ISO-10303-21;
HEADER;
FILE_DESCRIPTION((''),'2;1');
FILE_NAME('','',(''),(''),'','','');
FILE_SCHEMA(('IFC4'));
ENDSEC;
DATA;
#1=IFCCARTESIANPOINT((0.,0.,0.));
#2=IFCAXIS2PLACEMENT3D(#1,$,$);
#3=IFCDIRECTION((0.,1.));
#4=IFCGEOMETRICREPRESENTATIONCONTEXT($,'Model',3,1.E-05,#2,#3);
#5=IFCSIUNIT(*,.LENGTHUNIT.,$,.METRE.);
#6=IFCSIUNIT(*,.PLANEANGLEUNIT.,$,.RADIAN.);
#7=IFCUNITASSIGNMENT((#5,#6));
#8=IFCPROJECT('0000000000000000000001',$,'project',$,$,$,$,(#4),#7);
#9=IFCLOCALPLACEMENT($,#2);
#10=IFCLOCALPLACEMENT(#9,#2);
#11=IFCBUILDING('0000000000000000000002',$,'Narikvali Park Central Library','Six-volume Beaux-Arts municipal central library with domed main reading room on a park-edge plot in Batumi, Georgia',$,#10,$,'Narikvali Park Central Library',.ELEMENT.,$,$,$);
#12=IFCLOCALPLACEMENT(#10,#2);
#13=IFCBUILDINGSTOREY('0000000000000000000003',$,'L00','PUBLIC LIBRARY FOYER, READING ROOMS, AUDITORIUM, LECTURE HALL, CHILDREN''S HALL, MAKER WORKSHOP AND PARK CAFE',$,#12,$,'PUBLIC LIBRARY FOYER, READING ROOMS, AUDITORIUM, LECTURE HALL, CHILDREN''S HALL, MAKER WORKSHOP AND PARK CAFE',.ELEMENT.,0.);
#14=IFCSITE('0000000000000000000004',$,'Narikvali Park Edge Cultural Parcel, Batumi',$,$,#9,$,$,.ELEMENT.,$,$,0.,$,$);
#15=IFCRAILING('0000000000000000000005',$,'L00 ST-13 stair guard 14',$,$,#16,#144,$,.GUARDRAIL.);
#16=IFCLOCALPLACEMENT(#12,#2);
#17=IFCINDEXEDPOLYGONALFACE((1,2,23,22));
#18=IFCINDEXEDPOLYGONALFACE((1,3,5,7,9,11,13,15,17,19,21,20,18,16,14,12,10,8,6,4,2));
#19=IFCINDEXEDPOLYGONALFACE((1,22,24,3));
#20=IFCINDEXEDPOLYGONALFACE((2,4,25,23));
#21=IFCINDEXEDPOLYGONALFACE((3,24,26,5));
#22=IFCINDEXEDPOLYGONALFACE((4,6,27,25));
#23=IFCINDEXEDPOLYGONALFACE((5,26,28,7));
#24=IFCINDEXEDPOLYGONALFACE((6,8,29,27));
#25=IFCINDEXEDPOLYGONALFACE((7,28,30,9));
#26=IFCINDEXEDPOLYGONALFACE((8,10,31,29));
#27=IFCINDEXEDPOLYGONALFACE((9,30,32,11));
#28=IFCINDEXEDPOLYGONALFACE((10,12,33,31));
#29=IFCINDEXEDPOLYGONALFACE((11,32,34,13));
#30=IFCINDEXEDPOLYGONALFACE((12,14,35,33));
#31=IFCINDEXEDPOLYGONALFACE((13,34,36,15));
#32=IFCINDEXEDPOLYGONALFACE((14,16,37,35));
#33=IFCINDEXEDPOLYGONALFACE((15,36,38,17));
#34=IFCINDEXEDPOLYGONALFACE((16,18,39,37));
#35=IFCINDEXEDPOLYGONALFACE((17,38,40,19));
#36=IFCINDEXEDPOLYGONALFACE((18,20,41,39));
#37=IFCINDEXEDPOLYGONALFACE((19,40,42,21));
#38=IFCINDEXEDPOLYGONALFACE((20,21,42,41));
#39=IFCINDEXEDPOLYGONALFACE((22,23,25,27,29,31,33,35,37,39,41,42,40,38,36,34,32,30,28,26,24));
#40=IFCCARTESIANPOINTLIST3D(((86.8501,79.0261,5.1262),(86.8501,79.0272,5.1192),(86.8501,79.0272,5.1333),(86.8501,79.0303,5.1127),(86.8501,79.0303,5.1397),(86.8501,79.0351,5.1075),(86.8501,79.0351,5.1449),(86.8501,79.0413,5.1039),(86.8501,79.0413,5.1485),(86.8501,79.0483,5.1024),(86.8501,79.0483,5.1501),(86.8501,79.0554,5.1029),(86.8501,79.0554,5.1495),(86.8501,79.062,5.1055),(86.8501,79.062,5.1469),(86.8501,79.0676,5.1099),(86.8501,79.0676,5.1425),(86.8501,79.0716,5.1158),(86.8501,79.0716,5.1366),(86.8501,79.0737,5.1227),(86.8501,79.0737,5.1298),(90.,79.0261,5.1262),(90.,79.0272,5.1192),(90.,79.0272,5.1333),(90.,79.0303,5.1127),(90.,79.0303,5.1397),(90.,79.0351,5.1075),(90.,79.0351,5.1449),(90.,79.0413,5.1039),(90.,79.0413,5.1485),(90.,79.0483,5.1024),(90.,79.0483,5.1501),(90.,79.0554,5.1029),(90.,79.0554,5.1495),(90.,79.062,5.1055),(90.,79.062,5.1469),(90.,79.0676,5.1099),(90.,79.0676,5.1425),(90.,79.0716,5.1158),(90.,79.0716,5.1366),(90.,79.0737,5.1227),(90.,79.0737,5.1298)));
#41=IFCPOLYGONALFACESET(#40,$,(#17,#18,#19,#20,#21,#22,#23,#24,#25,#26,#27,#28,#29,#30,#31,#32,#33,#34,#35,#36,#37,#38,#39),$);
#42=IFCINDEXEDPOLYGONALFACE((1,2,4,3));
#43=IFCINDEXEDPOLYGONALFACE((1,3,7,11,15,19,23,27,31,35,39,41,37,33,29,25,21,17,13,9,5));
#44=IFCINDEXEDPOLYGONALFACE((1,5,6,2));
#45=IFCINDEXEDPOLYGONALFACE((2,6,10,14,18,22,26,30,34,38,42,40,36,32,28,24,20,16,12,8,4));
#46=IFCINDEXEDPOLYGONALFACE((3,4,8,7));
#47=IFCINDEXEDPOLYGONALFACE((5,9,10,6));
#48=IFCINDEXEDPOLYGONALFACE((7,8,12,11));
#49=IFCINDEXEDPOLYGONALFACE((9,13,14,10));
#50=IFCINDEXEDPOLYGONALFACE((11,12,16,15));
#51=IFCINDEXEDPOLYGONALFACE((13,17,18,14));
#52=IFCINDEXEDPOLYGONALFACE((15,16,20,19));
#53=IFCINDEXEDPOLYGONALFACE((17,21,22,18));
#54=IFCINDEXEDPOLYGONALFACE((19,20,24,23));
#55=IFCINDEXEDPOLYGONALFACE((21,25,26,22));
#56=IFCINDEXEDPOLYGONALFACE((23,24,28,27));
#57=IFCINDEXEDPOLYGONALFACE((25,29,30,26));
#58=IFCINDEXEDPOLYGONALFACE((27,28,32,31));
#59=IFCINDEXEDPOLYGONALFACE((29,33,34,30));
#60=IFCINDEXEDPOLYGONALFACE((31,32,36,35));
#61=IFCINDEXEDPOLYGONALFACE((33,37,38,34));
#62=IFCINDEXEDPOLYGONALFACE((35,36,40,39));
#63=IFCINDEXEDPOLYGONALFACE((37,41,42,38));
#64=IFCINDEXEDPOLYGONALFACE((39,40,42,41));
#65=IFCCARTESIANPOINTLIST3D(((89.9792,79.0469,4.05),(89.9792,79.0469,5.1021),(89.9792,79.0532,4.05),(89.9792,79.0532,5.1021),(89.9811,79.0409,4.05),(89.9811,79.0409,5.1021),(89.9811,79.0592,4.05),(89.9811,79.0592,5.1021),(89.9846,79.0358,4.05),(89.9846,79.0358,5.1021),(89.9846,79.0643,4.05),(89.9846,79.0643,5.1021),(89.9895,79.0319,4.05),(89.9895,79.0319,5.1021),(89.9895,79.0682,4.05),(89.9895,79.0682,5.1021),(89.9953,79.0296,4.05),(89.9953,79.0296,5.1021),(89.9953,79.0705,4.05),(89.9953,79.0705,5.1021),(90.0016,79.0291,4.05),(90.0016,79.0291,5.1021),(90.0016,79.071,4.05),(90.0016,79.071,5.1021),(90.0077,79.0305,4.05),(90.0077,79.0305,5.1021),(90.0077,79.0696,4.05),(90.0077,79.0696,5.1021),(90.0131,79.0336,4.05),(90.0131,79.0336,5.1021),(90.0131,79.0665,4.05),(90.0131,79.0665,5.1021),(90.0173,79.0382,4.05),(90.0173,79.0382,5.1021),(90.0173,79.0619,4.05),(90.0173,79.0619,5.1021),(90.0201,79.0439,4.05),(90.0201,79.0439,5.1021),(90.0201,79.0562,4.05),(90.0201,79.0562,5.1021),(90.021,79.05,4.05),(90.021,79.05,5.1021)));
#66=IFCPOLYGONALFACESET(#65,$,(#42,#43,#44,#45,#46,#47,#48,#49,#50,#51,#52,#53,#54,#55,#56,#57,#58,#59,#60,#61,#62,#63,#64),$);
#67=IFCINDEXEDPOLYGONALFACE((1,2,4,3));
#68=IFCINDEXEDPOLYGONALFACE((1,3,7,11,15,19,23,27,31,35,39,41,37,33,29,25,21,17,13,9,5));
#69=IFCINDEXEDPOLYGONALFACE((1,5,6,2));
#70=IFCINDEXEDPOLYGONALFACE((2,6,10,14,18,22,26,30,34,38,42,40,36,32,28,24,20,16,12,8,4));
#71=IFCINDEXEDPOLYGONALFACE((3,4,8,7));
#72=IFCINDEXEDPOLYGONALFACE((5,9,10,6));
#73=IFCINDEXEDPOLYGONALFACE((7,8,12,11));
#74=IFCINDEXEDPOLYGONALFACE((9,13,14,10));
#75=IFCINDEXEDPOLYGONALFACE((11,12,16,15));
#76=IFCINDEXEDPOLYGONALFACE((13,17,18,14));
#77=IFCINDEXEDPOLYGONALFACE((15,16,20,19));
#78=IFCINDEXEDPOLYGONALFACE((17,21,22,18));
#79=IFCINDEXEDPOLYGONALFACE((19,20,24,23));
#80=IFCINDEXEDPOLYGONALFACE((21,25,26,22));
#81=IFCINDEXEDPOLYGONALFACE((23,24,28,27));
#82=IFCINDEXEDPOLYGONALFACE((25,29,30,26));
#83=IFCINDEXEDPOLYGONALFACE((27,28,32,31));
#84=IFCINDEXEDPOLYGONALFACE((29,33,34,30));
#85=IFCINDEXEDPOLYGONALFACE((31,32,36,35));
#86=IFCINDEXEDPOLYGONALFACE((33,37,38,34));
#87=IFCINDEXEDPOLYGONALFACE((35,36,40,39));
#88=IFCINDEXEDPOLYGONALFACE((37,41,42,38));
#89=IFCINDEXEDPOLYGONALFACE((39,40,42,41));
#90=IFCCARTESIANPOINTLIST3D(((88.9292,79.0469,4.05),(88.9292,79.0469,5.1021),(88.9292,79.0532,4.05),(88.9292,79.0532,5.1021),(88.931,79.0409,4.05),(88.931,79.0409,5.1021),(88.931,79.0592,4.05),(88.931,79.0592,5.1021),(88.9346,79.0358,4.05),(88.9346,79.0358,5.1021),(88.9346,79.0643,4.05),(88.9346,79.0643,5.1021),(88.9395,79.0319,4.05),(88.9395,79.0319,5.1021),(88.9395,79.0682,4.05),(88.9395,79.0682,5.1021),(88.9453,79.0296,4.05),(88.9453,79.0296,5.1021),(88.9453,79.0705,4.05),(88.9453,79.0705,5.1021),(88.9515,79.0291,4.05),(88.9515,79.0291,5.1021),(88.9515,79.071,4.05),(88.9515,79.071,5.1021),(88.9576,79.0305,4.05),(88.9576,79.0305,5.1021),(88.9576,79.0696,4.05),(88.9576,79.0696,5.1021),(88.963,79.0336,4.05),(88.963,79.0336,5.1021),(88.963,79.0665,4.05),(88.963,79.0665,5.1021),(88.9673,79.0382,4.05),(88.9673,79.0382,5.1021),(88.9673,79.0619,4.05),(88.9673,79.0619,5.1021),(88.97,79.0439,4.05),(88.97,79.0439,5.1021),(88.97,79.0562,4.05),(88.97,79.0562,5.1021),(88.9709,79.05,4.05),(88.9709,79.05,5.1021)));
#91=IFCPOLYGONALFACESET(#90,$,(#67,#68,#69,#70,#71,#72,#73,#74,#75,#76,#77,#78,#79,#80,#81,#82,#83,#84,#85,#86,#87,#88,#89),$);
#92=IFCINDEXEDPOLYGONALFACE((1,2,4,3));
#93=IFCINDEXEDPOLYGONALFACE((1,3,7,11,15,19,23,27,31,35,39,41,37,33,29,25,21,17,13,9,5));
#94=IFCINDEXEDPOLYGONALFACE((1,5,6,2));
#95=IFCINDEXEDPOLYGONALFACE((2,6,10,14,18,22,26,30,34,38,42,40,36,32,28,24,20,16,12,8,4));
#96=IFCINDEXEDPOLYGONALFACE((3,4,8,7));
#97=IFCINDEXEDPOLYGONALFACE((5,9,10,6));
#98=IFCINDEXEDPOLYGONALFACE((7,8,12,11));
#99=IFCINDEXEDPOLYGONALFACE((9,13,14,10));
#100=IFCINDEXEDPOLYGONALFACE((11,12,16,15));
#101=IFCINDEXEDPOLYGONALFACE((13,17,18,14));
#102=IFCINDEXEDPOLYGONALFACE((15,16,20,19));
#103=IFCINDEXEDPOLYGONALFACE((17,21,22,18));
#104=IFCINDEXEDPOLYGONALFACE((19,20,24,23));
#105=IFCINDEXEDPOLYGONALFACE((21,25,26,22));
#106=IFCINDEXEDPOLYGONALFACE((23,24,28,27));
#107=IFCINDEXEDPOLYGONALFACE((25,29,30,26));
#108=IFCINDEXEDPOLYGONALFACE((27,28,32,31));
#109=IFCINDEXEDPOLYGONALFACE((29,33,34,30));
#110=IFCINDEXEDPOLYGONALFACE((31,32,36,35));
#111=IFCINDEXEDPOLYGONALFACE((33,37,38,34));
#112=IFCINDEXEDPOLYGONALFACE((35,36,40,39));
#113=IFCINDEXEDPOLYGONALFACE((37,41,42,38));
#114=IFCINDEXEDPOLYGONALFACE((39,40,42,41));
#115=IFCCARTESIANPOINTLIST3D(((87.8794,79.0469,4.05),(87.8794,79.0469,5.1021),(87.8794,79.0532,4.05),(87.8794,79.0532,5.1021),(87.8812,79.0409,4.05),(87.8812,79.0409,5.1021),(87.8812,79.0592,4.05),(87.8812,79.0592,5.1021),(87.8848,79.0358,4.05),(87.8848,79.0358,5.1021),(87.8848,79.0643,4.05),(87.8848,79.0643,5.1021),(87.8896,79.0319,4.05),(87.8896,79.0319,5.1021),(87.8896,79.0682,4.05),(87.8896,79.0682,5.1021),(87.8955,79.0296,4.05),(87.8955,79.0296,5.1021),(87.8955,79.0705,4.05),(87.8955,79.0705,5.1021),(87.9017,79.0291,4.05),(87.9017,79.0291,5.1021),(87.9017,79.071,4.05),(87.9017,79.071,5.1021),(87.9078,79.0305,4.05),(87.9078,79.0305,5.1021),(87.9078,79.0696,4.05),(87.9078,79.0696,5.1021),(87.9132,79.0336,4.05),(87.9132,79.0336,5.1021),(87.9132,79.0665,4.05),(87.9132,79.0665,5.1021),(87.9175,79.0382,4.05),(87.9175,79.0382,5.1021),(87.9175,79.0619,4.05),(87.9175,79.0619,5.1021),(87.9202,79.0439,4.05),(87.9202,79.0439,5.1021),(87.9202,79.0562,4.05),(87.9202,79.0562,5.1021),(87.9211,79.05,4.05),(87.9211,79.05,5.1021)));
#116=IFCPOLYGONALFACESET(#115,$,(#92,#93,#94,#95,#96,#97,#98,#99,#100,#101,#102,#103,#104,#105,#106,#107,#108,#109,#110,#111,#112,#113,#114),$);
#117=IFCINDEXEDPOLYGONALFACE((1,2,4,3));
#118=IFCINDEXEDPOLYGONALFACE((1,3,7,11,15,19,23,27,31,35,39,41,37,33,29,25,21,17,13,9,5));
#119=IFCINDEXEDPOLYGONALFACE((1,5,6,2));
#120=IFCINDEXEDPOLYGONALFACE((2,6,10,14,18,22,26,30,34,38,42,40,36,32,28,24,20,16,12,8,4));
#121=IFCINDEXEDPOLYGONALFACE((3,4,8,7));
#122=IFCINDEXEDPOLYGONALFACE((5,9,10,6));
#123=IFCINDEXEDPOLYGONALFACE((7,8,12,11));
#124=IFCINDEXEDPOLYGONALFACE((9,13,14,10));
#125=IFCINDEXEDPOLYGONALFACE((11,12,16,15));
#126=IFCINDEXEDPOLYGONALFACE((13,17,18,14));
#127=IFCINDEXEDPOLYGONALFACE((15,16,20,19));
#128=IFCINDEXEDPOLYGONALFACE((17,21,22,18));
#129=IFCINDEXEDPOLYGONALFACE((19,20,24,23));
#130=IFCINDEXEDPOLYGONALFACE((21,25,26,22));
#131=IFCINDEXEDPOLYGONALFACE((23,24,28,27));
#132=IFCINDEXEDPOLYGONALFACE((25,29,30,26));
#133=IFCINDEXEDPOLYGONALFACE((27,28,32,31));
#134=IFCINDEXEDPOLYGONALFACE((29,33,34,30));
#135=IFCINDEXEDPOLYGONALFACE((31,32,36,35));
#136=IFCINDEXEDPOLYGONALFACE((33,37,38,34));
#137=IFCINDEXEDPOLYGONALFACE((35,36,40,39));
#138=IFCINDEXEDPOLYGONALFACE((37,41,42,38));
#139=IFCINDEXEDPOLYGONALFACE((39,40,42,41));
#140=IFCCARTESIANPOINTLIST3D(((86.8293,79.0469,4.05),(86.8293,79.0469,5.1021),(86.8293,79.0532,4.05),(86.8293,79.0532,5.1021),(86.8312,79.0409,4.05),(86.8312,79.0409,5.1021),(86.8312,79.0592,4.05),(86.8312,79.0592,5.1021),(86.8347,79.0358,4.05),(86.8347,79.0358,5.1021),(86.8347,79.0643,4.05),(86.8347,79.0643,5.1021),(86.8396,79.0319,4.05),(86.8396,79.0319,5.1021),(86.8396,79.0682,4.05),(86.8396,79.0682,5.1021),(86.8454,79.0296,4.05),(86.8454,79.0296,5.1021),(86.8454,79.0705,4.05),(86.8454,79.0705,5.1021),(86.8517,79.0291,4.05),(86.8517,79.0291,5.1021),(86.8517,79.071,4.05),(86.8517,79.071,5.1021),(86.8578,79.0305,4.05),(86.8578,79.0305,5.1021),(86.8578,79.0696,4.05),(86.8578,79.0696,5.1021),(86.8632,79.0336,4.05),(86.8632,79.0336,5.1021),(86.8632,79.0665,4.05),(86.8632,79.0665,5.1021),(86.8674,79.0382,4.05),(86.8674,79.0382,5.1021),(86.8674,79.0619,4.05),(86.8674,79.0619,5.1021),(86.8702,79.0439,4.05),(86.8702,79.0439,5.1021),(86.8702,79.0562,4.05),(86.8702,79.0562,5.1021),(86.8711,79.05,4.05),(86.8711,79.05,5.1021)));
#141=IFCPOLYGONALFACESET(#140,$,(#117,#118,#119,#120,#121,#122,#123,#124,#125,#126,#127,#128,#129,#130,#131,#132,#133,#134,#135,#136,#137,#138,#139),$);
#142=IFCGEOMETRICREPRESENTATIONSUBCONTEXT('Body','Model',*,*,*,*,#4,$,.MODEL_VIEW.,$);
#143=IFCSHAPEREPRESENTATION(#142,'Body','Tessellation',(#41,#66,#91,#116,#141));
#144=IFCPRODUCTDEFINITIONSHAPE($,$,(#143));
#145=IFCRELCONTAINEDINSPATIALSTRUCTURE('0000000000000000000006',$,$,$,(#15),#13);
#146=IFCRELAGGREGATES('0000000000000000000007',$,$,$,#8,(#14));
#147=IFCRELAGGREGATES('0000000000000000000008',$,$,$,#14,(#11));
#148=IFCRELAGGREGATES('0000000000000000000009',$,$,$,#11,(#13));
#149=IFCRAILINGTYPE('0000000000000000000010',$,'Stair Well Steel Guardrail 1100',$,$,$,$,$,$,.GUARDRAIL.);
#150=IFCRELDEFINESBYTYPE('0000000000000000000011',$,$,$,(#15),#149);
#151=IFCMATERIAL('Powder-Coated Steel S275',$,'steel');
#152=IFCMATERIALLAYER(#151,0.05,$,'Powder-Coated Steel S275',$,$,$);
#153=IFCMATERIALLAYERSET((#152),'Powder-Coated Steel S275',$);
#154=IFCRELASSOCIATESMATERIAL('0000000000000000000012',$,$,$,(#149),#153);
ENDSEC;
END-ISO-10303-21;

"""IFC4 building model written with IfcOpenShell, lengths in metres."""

from ifc_helpers import new_model, si_unit, direction, frame, origin, origin_2d, place, context, subcontext, project, spatial, circle, extrude, material, layer, layer_set, type_object, element, save


model = new_model("IFC4")

# Units and contexts
model_context = context("Model", 3, precision=1e-05, world=origin(), true_north=direction((0.0, 1.0)))
body_context = subcontext(model_context, "Body", "Model", "MODEL_VIEW")
ifc_project = project(units=[si_unit("LENGTHUNIT", "METRE"), si_unit("PLANEANGLEUNIT", "RADIAN")], contexts=[model_context])

# Site, building, storey
site_placement = place(None, origin())
site = spatial("IfcSite", under=ifc_project, at=site_placement, Name="Narikvali Park Edge Cultural Parcel, Batumi", CompositionType="ELEMENT", RefElevation=0.0)
building_placement = place(site_placement, origin())
building = spatial("IfcBuilding", under=site, at=building_placement, Name="Narikvali Park Central Library", Description="Six-volume Beaux-Arts municipal central library with domed main reading room on a park-edge plot in Batumi, Georgia", LongName="Narikvali Park Central Library", CompositionType="ELEMENT")
storey_placement = place(building_placement, origin())
storey = spatial("IfcBuildingStorey", under=building, at=storey_placement, Name="L00", Description="PUBLIC LIBRARY FOYER, READING ROOMS, AUDITORIUM, LECTURE HALL, CHILDREN'S HALL, MAKER WORKSHOP AND PARK CAFE", LongName="PUBLIC LIBRARY FOYER, READING ROOMS, AUDITORIUM, LECTURE HALL, CHILDREN'S HALL, MAKER WORKSHOP AND PARK CAFE", CompositionType="ELEMENT", Elevation=0.0)

# Railing
ifc_material_1 = material(Name="Powder-Coated Steel S275", Category="steel")
ifc_layer_1 = layer(ifc_material_1, 0.05, Name="Powder-Coated Steel S275")
ifc_layer_set_1 = layer_set([ifc_layer_1], Name="Powder-Coated Steel S275")
railing_type_1 = type_object("IfcRailingType", Name="Stair Well Steel Guardrail 1100", PredefinedType="GUARDRAIL", material=ifc_layer_set_1)
railing_1_placement = place(storey_placement, frame((90.0, 79.05, 4.05)))
element("IfcRailing", 1, at=railing_1_placement, inside=storey, type_object=railing_type_1, Name="L00 ST-13 stair guard 14", PredefinedType="GUARDRAIL", context=body_context, shape_type="SweptSolid", body=[
    extrude(circle(Radius=0.0239, at=origin_2d()), frame((0.0, 0.0, 1.0762), z_axis=(-1.0, 0.0, 0.0), x_axis=(0.0, -1.0, 0.0)), (0.0, 0.0, 1.0), 3.1499),
    extrude(circle(Radius=0.021, at=origin_2d()), origin(), (0.0, 0.0, 1.0), 1.052),
    extrude(circle(Radius=0.021, at=origin_2d()), frame((-1.05, 0.0, 0.0)), (0.0, 0.0, 1.0), 1.052),
    extrude(circle(Radius=0.021, at=origin_2d()), frame((-2.0999, 0.0, 0.0)), (0.0, 0.0, 1.0), 1.052),
    extrude(circle(Radius=0.021, at=origin_2d()), frame((-3.1499, 0.0, 0.0)), (0.0, 0.0, 1.0), 1.052),
])

save(model, "model.ifc")
